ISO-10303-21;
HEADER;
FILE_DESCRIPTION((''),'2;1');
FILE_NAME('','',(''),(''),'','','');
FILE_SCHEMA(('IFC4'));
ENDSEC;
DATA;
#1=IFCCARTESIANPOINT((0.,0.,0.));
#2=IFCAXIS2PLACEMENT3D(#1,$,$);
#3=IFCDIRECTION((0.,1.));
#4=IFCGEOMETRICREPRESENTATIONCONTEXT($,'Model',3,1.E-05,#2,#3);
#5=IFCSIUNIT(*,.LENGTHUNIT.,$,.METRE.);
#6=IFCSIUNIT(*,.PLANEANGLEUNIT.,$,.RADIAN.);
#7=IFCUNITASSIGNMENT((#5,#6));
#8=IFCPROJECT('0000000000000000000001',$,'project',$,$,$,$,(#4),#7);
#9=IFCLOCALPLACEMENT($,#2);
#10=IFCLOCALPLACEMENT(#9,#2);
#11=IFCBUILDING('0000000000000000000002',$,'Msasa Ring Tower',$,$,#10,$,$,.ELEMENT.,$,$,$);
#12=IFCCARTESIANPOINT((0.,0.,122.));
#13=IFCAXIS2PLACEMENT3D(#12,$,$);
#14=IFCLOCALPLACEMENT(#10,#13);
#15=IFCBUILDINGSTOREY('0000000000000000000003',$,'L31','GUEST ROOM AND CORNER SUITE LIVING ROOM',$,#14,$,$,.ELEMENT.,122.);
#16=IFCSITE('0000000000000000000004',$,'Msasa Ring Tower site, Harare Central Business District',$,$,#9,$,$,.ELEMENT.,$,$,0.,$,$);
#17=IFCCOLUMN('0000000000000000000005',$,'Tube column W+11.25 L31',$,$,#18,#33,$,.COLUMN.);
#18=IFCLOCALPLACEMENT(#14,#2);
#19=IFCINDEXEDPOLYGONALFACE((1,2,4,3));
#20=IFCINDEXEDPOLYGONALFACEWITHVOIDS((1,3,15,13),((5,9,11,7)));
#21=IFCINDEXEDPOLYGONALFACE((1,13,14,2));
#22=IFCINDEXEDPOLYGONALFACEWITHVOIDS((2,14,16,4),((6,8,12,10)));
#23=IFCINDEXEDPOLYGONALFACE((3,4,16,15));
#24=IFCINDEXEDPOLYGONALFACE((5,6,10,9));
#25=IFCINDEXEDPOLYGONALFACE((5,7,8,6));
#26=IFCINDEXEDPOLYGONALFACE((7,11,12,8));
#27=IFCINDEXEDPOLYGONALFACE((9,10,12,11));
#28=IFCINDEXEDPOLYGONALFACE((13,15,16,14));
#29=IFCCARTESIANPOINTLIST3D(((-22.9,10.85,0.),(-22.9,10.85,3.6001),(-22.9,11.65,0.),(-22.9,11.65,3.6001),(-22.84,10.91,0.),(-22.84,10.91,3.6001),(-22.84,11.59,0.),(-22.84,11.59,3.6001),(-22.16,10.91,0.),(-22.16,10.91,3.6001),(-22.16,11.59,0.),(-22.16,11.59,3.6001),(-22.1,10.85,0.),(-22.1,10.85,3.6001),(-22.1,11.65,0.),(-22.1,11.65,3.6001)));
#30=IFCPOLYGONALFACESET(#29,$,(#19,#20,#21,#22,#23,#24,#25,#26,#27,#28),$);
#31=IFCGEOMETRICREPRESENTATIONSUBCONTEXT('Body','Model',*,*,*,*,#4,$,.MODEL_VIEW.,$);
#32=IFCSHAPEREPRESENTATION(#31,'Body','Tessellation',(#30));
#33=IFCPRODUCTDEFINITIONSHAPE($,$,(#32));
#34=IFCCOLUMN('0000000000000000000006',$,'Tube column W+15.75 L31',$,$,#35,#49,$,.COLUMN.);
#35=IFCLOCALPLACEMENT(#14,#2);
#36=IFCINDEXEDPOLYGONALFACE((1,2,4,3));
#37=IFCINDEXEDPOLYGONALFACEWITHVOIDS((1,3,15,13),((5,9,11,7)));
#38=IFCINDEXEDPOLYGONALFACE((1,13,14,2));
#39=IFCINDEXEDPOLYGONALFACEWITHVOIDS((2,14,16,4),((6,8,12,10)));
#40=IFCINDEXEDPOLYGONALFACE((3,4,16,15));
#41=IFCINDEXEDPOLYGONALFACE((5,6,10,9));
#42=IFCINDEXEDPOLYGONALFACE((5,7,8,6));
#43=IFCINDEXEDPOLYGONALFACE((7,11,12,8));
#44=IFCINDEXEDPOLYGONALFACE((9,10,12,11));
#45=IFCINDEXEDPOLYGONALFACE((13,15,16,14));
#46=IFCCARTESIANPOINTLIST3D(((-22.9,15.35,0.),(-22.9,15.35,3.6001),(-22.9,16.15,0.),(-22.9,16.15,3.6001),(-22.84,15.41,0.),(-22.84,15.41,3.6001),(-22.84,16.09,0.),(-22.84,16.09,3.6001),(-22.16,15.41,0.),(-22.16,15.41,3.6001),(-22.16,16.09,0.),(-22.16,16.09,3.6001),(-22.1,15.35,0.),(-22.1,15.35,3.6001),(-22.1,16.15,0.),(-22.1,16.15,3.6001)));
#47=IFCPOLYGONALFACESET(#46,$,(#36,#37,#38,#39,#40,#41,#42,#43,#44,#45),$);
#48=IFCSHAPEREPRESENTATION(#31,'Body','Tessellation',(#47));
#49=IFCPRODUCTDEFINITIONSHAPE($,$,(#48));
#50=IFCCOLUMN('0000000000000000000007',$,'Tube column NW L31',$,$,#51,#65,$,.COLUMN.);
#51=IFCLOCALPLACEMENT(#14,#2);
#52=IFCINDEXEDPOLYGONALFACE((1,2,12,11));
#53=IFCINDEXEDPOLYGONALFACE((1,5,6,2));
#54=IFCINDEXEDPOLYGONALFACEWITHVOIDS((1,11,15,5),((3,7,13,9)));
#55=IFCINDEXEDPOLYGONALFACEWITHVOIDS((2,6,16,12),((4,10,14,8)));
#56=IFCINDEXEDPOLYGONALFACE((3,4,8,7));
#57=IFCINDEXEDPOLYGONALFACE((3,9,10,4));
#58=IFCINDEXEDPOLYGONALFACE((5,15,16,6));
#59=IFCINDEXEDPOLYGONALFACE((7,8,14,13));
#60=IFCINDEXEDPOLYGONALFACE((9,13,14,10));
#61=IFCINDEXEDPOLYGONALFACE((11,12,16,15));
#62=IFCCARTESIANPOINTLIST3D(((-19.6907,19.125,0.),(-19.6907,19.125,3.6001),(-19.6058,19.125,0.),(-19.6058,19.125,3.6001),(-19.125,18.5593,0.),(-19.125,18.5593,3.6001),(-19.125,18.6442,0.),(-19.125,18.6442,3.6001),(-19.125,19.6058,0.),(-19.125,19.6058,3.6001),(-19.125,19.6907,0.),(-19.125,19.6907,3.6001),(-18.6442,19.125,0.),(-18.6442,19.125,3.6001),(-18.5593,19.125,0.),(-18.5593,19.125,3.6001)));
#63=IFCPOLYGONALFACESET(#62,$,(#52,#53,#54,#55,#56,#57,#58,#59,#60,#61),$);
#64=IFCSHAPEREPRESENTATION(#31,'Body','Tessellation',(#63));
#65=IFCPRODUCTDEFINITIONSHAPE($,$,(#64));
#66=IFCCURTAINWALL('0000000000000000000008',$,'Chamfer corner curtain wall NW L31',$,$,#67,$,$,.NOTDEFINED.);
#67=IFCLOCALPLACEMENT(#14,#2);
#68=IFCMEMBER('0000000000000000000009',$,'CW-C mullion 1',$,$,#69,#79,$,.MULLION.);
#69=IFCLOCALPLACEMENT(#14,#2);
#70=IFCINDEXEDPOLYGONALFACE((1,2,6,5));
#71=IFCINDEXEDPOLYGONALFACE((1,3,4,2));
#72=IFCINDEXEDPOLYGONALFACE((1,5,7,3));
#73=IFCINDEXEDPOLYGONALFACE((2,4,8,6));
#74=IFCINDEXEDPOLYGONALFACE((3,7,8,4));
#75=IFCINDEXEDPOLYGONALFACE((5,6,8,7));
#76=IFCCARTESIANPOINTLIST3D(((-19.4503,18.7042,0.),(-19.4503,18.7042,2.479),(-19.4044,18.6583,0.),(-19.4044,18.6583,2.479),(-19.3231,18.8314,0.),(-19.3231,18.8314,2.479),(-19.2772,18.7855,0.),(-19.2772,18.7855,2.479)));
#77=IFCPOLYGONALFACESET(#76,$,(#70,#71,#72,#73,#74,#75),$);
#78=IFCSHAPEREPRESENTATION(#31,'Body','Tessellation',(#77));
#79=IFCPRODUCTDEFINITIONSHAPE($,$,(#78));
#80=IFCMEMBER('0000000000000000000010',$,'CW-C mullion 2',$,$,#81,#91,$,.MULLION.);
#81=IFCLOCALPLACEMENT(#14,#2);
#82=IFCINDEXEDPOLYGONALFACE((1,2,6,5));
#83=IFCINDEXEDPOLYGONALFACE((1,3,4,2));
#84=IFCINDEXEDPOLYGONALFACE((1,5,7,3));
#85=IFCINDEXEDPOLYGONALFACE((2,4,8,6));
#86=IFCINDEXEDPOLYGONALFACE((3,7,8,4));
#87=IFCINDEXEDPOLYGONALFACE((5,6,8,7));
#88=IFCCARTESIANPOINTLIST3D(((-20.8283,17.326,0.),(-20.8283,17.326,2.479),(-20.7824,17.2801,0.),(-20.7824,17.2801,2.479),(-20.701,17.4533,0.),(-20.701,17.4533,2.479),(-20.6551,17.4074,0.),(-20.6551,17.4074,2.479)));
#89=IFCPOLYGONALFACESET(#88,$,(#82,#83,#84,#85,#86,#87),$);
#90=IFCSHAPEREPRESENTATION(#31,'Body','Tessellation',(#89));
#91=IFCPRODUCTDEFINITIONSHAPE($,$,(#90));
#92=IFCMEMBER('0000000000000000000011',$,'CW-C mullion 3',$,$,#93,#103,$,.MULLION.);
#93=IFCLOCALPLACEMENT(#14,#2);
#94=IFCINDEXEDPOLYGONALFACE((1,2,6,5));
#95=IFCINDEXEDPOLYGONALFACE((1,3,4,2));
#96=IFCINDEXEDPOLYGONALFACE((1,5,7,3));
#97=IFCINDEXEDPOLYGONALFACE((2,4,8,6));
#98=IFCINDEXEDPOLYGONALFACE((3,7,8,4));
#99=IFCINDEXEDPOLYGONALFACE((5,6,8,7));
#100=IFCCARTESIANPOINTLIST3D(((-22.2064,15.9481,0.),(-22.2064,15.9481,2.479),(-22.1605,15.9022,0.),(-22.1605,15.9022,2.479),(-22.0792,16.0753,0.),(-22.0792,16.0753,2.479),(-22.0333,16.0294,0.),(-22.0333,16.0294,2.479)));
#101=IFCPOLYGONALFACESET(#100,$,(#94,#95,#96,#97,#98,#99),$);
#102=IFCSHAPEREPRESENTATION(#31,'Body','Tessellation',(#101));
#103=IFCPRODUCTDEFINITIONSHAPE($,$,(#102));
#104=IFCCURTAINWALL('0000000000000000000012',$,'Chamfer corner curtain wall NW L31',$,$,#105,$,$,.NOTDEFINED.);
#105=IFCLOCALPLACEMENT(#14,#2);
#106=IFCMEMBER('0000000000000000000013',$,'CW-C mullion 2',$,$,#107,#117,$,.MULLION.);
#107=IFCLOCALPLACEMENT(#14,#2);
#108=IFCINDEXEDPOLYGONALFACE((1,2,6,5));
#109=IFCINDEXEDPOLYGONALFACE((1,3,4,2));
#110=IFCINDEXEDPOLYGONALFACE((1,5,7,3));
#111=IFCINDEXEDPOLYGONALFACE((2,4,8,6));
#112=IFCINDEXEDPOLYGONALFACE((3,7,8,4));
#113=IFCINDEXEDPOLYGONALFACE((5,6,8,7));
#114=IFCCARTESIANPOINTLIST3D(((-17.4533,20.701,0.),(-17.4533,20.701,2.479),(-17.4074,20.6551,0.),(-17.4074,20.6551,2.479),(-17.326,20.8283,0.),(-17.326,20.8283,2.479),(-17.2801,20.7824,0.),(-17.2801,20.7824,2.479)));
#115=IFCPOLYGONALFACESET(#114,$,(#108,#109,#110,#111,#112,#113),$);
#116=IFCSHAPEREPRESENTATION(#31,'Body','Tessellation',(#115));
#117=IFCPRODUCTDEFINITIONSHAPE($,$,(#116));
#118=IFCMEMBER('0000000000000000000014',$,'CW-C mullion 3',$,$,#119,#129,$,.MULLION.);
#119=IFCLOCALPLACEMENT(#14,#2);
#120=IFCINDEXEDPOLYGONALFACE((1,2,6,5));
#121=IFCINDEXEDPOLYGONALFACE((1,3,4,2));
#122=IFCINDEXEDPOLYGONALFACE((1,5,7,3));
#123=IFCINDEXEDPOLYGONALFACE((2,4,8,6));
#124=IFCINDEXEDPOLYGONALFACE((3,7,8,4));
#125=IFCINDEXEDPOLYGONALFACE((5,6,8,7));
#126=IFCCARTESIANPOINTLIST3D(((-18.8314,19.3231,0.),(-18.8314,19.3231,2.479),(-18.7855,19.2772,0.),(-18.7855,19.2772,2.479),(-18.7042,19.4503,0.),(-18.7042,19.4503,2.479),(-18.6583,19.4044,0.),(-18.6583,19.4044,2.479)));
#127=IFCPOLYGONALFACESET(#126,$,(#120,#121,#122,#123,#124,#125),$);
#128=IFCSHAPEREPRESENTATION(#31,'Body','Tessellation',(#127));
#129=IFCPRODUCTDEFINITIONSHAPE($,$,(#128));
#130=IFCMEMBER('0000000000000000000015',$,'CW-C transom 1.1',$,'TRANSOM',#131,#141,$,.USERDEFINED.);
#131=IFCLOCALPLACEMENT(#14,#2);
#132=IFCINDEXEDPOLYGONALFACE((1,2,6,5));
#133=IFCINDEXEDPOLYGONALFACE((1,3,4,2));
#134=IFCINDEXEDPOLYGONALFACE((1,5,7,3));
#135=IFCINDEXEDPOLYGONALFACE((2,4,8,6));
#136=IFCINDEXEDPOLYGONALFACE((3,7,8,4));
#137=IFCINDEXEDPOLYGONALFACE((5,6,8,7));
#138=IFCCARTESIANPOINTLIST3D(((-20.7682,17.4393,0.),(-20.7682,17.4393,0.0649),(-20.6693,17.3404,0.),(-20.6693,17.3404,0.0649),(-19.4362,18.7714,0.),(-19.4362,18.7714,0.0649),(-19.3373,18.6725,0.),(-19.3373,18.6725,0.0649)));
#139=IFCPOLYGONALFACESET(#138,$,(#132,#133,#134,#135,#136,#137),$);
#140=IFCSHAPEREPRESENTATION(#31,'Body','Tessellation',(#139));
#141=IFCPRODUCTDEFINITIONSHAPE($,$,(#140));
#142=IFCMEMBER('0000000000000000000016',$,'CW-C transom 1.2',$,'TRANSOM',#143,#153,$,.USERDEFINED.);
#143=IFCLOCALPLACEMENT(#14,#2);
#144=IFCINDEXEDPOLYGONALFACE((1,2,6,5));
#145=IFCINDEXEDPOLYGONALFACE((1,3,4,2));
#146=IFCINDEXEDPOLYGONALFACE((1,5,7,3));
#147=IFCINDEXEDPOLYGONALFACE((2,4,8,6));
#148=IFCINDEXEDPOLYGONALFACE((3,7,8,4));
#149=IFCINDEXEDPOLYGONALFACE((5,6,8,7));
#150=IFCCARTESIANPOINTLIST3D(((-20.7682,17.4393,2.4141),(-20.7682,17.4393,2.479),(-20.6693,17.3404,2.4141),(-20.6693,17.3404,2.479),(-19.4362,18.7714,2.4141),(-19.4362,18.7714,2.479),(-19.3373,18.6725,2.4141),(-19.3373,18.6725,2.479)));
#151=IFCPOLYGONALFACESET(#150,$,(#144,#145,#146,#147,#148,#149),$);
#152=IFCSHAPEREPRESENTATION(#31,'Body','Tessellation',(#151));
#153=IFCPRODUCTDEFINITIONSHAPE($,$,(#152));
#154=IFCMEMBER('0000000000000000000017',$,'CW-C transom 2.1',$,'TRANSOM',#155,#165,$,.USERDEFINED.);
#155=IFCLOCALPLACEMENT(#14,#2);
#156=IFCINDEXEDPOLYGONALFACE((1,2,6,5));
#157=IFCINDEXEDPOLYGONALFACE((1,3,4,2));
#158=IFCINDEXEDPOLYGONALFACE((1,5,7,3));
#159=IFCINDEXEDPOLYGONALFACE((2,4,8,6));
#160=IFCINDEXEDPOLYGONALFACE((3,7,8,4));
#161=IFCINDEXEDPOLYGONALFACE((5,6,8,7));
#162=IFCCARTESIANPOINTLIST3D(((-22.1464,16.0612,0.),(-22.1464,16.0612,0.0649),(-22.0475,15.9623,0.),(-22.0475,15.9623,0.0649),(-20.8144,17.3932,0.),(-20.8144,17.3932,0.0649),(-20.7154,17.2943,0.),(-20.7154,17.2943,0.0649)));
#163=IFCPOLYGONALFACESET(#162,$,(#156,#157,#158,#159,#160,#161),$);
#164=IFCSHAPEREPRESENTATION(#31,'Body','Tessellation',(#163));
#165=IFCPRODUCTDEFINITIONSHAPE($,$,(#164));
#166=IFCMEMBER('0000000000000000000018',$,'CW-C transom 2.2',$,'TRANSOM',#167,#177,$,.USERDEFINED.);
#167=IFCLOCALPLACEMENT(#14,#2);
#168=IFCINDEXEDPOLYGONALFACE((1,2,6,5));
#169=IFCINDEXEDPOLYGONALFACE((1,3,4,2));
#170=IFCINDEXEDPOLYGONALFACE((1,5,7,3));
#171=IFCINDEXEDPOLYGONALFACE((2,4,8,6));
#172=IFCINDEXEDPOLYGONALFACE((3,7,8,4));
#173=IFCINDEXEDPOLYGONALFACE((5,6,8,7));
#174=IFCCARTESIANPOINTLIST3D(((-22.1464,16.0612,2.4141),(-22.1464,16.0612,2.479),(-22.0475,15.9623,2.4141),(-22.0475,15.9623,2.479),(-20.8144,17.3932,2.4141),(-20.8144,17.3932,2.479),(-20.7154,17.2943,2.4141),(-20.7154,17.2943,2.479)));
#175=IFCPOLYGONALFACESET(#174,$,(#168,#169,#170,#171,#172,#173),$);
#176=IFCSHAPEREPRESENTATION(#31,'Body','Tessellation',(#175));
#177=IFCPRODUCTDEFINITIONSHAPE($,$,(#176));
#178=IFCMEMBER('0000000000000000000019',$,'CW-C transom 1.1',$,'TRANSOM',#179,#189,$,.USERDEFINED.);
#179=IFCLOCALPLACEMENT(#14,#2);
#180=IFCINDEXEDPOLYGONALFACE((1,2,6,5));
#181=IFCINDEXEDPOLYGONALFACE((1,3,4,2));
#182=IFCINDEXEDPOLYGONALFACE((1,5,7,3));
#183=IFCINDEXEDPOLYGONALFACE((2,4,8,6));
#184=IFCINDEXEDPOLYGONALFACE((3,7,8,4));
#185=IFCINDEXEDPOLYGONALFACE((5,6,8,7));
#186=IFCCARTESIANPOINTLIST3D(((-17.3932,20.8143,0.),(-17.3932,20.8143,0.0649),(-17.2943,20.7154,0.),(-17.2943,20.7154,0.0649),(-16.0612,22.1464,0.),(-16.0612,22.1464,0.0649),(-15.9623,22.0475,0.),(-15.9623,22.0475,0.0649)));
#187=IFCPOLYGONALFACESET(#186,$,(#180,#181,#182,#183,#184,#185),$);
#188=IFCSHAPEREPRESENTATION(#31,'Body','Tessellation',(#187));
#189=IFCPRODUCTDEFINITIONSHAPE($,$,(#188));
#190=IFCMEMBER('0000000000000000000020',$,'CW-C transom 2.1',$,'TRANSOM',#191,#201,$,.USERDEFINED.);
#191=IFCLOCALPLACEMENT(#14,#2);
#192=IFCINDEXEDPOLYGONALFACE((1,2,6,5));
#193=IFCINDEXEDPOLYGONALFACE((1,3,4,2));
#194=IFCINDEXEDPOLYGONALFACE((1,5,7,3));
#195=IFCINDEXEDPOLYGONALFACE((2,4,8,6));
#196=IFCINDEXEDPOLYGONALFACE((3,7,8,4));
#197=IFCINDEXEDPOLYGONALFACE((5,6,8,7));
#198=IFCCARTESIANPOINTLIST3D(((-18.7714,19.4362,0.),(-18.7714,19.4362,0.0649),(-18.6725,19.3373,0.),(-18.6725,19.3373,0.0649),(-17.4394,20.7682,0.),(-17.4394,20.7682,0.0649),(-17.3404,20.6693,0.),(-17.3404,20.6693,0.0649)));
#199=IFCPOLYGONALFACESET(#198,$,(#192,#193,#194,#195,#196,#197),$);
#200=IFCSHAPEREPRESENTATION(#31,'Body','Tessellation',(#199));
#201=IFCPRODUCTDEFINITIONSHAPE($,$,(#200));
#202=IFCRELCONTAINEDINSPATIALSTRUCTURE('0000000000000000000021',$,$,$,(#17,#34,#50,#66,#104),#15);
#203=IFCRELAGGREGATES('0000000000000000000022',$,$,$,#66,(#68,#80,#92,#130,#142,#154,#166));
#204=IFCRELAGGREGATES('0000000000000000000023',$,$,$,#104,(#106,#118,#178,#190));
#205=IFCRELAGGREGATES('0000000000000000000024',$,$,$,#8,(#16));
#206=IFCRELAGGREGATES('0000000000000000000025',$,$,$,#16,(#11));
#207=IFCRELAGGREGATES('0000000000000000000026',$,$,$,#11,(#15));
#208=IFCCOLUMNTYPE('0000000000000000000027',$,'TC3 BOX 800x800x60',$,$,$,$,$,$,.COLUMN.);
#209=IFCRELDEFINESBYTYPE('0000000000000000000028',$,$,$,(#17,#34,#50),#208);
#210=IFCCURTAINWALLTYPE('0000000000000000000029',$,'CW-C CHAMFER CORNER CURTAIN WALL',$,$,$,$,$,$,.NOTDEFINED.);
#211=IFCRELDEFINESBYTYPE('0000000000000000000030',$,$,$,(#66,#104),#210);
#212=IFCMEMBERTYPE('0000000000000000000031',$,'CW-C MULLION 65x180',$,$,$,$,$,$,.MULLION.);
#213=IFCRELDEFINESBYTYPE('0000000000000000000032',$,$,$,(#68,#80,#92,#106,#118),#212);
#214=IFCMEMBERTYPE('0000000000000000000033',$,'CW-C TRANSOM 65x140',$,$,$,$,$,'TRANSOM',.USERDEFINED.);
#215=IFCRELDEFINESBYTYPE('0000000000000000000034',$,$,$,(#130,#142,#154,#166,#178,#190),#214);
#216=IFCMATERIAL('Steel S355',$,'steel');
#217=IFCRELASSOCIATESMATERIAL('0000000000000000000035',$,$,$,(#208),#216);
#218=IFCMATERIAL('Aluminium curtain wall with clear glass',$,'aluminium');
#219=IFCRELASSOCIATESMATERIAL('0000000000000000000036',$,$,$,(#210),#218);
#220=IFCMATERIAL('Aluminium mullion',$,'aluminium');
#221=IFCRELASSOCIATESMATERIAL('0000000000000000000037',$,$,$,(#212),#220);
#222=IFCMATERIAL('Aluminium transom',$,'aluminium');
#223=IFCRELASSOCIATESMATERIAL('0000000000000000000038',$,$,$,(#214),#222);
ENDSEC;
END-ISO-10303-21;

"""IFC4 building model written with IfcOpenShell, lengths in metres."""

from ifc_helpers import new_model, si_unit, direction, frame, origin, origin_2d, place, context, subcontext, project, spatial, rectangle, hollow_rectangle, extrude, material, material_profile, profile_set, type_object, element, aggregate, save


model = new_model("IFC4")

# Units and contexts
model_context = context("Model", 3, precision=1e-05, world=origin(), true_north=direction((0.0, 1.0)))
body_context = subcontext(model_context, "Body", "Model", "MODEL_VIEW")
ifc_project = project(units=[si_unit("LENGTHUNIT", "METRE"), si_unit("PLANEANGLEUNIT", "RADIAN")], contexts=[model_context])

# Site, building, storey
site_placement = place(None, origin())
site = spatial("IfcSite", under=ifc_project, at=site_placement, Name="Msasa Ring Tower site, Harare Central Business District", CompositionType="ELEMENT", RefElevation=0.0)
building_placement = place(site_placement, origin())
building = spatial("IfcBuilding", under=site, at=building_placement, Name="Msasa Ring Tower", CompositionType="ELEMENT")
storey_placement = place(building_placement, frame((0.0, 0.0, 122.0)))
storey = spatial("IfcBuildingStorey", under=building, at=storey_placement, Name="L31", Description="GUEST ROOM AND CORNER SUITE LIVING ROOM", CompositionType="ELEMENT", Elevation=122.0)

# Columns
ifc_material_1 = material(Name="Steel S355", Category="steel")
ifc_material_profile_1 = material_profile(ifc_material_1, hollow_rectangle(XDim=0.8, YDim=0.8, WallThickness=0.0601, at=origin_2d()), Name="BOX 800x800x60")
ifc_profile_set_1 = profile_set([ifc_material_profile_1], Name="Steel S355")
column_type = type_object("IfcColumnType", Name="TC3 BOX 800x800x60", PredefinedType="COLUMN", material=ifc_profile_set_1)
for number, where, z_axis, x_axis, name in (
    (1, (-22.5, 11.25, 0.0), (0.0, 0.0, 1.0), (1.0, 0.0, 0.0), "Tube column W+11.25 L31"),
    (2, (-22.5, 15.75, 0.0), (0.0, 0.0, 1.0), (1.0, 0.0, 0.0), "Tube column W+15.75 L31"),
    (3, (-19.125, 19.125, 0.0), (0.0, 0.0, 1.0), (0.707107, -0.707107, 0.0), "Tube column NW L31"),
):
    element("IfcColumn", number, at=place(storey_placement, frame(where, z_axis=z_axis, x_axis=x_axis)), inside=storey, type_object=column_type, Name=name, PredefinedType="COLUMN", context=body_context, shape_type="SweptSolid", body=[
        extrude(hollow_rectangle(XDim=0.8, YDim=0.8, WallThickness=0.0601, at=origin_2d()), origin(), (0.0, 0.0, 1.0), 3.6001),
    ])

# Curtain walls, members
ifc_material_2 = material(Name="Aluminium curtain wall with clear glass", Category="aluminium")
curtain_wall_type = type_object("IfcCurtainWallType", Name="CW-C CHAMFER CORNER CURTAIN WALL", PredefinedType="NOTDEFINED", material=ifc_material_2)
curtain_wall_1_placement = place(storey_placement, origin())
curtain_wall_1 = element("IfcCurtainWall", 4, at=curtain_wall_1_placement, inside=storey, type_object=curtain_wall_type, Name="Chamfer corner curtain wall NW L31", PredefinedType="NOTDEFINED")
ifc_material_3 = material(Name="Aluminium mullion", Category="aluminium")
ifc_material_profile_2 = material_profile(ifc_material_3, rectangle(XDim=0.0649, YDim=0.1799, at=origin_2d()), Name="AL 65x180")
ifc_profile_set_2 = profile_set([ifc_material_profile_2], Name="Aluminium mullion")
member_type_1 = type_object("IfcMemberType", Name="CW-C MULLION 65x180", PredefinedType="MULLION", material=ifc_profile_set_2)
member_1_placement = place(storey_placement, frame((-19.3638, 18.7449, 0.0), z_axis=(0.0, 0.0, 1.0), x_axis=(0.707107, -0.707107, 0.0)))
member_1 = element("IfcMember", 5, at=member_1_placement, type_object=member_type_1, Name="CW-C mullion 1", PredefinedType="MULLION", context=body_context, shape_type="SweptSolid", body=[
    extrude(rectangle(XDim=0.0649, YDim=0.1799, at=origin_2d()), origin(), (0.0, 0.0, 1.0), 2.479),
])
member_2_placement = place(storey_placement, frame((-20.7417, 17.3667, 0.0), z_axis=(0.0, 0.0, 1.0), x_axis=(0.707107, -0.707107, 0.0)))
member_2 = element("IfcMember", 6, at=member_2_placement, type_object=member_type_1, Name="CW-C mullion 2", PredefinedType="MULLION", context=body_context, shape_type="SweptSolid", body=[
    extrude(rectangle(XDim=0.0649, YDim=0.1799, at=origin_2d()), origin(), (0.0, 0.0, 1.0), 2.479),
])
member_3_placement = place(storey_placement, frame((-22.1199, 15.9888, 0.0), z_axis=(0.0, 0.0, 1.0), x_axis=(0.707107, -0.707107, 0.0)))
member_3 = element("IfcMember", 7, at=member_3_placement, type_object=member_type_1, Name="CW-C mullion 3", PredefinedType="MULLION", context=body_context, shape_type="SweptSolid", body=[
    extrude(rectangle(XDim=0.0649, YDim=0.1799, at=origin_2d()), origin(), (0.0, 0.0, 1.0), 2.479),
])
curtain_wall_2_placement = place(storey_placement, origin())
curtain_wall_2 = element("IfcCurtainWall", 8, at=curtain_wall_2_placement, inside=storey, type_object=curtain_wall_type, Name="Chamfer corner curtain wall NW L31", PredefinedType="NOTDEFINED")
member_4_placement = place(storey_placement, frame((-17.3667, 20.7417, 0.0), z_axis=(0.0, 0.0, 1.0), x_axis=(0.707107, -0.707107, 0.0)))
member_4 = element("IfcMember", 9, at=member_4_placement, type_object=member_type_1, Name="CW-C mullion 2", PredefinedType="MULLION", context=body_context, shape_type="SweptSolid", body=[
    extrude(rectangle(XDim=0.0649, YDim=0.1799, at=origin_2d()), origin(), (0.0, 0.0, 1.0), 2.479),
])
member_5_placement = place(storey_placement, frame((-18.7449, 19.3638, 0.0), z_axis=(0.0, 0.0, 1.0), x_axis=(0.707107, -0.707107, 0.0)))
member_5 = element("IfcMember", 10, at=member_5_placement, type_object=member_type_1, Name="CW-C mullion 3", PredefinedType="MULLION", context=body_context, shape_type="SweptSolid", body=[
    extrude(rectangle(XDim=0.0649, YDim=0.1799, at=origin_2d()), origin(), (0.0, 0.0, 1.0), 2.479),
])

# Members
ifc_material_4 = material(Name="Aluminium transom", Category="aluminium")
ifc_material_profile_3 = material_profile(ifc_material_4, rectangle(XDim=0.1399, YDim=0.0649, at=origin_2d()), Name="AL 65x140")
ifc_profile_set_3 = profile_set([ifc_material_profile_3], Name="Aluminium transom")
member_type_2 = type_object("IfcMemberType", Name="CW-C TRANSOM 65x140", ElementType="TRANSOM", PredefinedType="USERDEFINED", material=ifc_profile_set_3)
member_6_placement = place(storey_placement, frame((-19.3867, 18.7219, 0.0325), z_axis=(-0.707107, -0.707107, 0.0), x_axis=(0.707107, -0.707107, 0.0)))
member_6 = element("IfcMember", 11, at=member_6_placement, type_object=member_type_2, Name="CW-C transom 1.1", ObjectType="TRANSOM", PredefinedType="USERDEFINED", context=body_context, shape_type="SweptSolid", body=[
    extrude(rectangle(XDim=0.1399, YDim=0.0649, at=origin_2d()), origin(), (0.0, 0.0, 1.0), 1.8838),
])
member_7_placement = place(storey_placement, frame((-19.3867, 18.7219, 2.4465), z_axis=(-0.707107, -0.707107, 0.0), x_axis=(0.707107, -0.707107, 0.0)))
member_7 = element("IfcMember", 12, at=member_7_placement, type_object=member_type_2, Name="CW-C transom 1.2", ObjectType="TRANSOM", PredefinedType="USERDEFINED", context=body_context, shape_type="SweptSolid", body=[
    extrude(rectangle(XDim=0.1399, YDim=0.0649, at=origin_2d()), origin(), (0.0, 0.0, 1.0), 1.8838),
])
member_8_placement = place(storey_placement, frame((-20.7649, 17.3438, 0.0325), z_axis=(-0.707107, -0.707107, 0.0), x_axis=(0.707107, -0.707107, 0.0)))
member_8 = element("IfcMember", 13, at=member_8_placement, type_object=member_type_2, Name="CW-C transom 2.1", ObjectType="TRANSOM", PredefinedType="USERDEFINED", context=body_context, shape_type="SweptSolid", body=[
    extrude(rectangle(XDim=0.1399, YDim=0.0649, at=origin_2d()), origin(), (0.0, 0.0, 1.0), 1.8838),
])
member_9_placement = place(storey_placement, frame((-20.7649, 17.3438, 2.4465), z_axis=(-0.707107, -0.707107, 0.0), x_axis=(0.707107, -0.707107, 0.0)))
member_9 = element("IfcMember", 14, at=member_9_placement, type_object=member_type_2, Name="CW-C transom 2.2", ObjectType="TRANSOM", PredefinedType="USERDEFINED", context=body_context, shape_type="SweptSolid", body=[
    extrude(rectangle(XDim=0.1399, YDim=0.0649, at=origin_2d()), origin(), (0.0, 0.0, 1.0), 1.8838),
])
member_10_placement = place(storey_placement, frame((-16.0117, 22.0969, 0.0325), z_axis=(-0.707107, -0.707107, 0.0), x_axis=(0.707107, -0.707107, 0.0)))
member_10 = element("IfcMember", 15, at=member_10_placement, type_object=member_type_2, Name="CW-C transom 1.1", ObjectType="TRANSOM", PredefinedType="USERDEFINED", context=body_context, shape_type="SweptSolid", body=[
    extrude(rectangle(XDim=0.1399, YDim=0.0649, at=origin_2d()), origin(), (0.0, 0.0, 1.0), 1.8838),
])
member_11_placement = place(storey_placement, frame((-17.3899, 20.7188, 0.0325), z_axis=(-0.707107, -0.707107, 0.0), x_axis=(0.707107, -0.707107, 0.0)))
member_11 = element("IfcMember", 16, at=member_11_placement, type_object=member_type_2, Name="CW-C transom 2.1", ObjectType="TRANSOM", PredefinedType="USERDEFINED", context=body_context, shape_type="SweptSolid", body=[
    extrude(rectangle(XDim=0.1399, YDim=0.0649, at=origin_2d()), origin(), (0.0, 0.0, 1.0), 1.8838),
])

aggregate(curtain_wall_1, [member_1, member_2, member_3, member_6, member_7, member_8, member_9])
aggregate(curtain_wall_2, [member_4, member_5, member_10, member_11])

save(model, "model.ifc")
